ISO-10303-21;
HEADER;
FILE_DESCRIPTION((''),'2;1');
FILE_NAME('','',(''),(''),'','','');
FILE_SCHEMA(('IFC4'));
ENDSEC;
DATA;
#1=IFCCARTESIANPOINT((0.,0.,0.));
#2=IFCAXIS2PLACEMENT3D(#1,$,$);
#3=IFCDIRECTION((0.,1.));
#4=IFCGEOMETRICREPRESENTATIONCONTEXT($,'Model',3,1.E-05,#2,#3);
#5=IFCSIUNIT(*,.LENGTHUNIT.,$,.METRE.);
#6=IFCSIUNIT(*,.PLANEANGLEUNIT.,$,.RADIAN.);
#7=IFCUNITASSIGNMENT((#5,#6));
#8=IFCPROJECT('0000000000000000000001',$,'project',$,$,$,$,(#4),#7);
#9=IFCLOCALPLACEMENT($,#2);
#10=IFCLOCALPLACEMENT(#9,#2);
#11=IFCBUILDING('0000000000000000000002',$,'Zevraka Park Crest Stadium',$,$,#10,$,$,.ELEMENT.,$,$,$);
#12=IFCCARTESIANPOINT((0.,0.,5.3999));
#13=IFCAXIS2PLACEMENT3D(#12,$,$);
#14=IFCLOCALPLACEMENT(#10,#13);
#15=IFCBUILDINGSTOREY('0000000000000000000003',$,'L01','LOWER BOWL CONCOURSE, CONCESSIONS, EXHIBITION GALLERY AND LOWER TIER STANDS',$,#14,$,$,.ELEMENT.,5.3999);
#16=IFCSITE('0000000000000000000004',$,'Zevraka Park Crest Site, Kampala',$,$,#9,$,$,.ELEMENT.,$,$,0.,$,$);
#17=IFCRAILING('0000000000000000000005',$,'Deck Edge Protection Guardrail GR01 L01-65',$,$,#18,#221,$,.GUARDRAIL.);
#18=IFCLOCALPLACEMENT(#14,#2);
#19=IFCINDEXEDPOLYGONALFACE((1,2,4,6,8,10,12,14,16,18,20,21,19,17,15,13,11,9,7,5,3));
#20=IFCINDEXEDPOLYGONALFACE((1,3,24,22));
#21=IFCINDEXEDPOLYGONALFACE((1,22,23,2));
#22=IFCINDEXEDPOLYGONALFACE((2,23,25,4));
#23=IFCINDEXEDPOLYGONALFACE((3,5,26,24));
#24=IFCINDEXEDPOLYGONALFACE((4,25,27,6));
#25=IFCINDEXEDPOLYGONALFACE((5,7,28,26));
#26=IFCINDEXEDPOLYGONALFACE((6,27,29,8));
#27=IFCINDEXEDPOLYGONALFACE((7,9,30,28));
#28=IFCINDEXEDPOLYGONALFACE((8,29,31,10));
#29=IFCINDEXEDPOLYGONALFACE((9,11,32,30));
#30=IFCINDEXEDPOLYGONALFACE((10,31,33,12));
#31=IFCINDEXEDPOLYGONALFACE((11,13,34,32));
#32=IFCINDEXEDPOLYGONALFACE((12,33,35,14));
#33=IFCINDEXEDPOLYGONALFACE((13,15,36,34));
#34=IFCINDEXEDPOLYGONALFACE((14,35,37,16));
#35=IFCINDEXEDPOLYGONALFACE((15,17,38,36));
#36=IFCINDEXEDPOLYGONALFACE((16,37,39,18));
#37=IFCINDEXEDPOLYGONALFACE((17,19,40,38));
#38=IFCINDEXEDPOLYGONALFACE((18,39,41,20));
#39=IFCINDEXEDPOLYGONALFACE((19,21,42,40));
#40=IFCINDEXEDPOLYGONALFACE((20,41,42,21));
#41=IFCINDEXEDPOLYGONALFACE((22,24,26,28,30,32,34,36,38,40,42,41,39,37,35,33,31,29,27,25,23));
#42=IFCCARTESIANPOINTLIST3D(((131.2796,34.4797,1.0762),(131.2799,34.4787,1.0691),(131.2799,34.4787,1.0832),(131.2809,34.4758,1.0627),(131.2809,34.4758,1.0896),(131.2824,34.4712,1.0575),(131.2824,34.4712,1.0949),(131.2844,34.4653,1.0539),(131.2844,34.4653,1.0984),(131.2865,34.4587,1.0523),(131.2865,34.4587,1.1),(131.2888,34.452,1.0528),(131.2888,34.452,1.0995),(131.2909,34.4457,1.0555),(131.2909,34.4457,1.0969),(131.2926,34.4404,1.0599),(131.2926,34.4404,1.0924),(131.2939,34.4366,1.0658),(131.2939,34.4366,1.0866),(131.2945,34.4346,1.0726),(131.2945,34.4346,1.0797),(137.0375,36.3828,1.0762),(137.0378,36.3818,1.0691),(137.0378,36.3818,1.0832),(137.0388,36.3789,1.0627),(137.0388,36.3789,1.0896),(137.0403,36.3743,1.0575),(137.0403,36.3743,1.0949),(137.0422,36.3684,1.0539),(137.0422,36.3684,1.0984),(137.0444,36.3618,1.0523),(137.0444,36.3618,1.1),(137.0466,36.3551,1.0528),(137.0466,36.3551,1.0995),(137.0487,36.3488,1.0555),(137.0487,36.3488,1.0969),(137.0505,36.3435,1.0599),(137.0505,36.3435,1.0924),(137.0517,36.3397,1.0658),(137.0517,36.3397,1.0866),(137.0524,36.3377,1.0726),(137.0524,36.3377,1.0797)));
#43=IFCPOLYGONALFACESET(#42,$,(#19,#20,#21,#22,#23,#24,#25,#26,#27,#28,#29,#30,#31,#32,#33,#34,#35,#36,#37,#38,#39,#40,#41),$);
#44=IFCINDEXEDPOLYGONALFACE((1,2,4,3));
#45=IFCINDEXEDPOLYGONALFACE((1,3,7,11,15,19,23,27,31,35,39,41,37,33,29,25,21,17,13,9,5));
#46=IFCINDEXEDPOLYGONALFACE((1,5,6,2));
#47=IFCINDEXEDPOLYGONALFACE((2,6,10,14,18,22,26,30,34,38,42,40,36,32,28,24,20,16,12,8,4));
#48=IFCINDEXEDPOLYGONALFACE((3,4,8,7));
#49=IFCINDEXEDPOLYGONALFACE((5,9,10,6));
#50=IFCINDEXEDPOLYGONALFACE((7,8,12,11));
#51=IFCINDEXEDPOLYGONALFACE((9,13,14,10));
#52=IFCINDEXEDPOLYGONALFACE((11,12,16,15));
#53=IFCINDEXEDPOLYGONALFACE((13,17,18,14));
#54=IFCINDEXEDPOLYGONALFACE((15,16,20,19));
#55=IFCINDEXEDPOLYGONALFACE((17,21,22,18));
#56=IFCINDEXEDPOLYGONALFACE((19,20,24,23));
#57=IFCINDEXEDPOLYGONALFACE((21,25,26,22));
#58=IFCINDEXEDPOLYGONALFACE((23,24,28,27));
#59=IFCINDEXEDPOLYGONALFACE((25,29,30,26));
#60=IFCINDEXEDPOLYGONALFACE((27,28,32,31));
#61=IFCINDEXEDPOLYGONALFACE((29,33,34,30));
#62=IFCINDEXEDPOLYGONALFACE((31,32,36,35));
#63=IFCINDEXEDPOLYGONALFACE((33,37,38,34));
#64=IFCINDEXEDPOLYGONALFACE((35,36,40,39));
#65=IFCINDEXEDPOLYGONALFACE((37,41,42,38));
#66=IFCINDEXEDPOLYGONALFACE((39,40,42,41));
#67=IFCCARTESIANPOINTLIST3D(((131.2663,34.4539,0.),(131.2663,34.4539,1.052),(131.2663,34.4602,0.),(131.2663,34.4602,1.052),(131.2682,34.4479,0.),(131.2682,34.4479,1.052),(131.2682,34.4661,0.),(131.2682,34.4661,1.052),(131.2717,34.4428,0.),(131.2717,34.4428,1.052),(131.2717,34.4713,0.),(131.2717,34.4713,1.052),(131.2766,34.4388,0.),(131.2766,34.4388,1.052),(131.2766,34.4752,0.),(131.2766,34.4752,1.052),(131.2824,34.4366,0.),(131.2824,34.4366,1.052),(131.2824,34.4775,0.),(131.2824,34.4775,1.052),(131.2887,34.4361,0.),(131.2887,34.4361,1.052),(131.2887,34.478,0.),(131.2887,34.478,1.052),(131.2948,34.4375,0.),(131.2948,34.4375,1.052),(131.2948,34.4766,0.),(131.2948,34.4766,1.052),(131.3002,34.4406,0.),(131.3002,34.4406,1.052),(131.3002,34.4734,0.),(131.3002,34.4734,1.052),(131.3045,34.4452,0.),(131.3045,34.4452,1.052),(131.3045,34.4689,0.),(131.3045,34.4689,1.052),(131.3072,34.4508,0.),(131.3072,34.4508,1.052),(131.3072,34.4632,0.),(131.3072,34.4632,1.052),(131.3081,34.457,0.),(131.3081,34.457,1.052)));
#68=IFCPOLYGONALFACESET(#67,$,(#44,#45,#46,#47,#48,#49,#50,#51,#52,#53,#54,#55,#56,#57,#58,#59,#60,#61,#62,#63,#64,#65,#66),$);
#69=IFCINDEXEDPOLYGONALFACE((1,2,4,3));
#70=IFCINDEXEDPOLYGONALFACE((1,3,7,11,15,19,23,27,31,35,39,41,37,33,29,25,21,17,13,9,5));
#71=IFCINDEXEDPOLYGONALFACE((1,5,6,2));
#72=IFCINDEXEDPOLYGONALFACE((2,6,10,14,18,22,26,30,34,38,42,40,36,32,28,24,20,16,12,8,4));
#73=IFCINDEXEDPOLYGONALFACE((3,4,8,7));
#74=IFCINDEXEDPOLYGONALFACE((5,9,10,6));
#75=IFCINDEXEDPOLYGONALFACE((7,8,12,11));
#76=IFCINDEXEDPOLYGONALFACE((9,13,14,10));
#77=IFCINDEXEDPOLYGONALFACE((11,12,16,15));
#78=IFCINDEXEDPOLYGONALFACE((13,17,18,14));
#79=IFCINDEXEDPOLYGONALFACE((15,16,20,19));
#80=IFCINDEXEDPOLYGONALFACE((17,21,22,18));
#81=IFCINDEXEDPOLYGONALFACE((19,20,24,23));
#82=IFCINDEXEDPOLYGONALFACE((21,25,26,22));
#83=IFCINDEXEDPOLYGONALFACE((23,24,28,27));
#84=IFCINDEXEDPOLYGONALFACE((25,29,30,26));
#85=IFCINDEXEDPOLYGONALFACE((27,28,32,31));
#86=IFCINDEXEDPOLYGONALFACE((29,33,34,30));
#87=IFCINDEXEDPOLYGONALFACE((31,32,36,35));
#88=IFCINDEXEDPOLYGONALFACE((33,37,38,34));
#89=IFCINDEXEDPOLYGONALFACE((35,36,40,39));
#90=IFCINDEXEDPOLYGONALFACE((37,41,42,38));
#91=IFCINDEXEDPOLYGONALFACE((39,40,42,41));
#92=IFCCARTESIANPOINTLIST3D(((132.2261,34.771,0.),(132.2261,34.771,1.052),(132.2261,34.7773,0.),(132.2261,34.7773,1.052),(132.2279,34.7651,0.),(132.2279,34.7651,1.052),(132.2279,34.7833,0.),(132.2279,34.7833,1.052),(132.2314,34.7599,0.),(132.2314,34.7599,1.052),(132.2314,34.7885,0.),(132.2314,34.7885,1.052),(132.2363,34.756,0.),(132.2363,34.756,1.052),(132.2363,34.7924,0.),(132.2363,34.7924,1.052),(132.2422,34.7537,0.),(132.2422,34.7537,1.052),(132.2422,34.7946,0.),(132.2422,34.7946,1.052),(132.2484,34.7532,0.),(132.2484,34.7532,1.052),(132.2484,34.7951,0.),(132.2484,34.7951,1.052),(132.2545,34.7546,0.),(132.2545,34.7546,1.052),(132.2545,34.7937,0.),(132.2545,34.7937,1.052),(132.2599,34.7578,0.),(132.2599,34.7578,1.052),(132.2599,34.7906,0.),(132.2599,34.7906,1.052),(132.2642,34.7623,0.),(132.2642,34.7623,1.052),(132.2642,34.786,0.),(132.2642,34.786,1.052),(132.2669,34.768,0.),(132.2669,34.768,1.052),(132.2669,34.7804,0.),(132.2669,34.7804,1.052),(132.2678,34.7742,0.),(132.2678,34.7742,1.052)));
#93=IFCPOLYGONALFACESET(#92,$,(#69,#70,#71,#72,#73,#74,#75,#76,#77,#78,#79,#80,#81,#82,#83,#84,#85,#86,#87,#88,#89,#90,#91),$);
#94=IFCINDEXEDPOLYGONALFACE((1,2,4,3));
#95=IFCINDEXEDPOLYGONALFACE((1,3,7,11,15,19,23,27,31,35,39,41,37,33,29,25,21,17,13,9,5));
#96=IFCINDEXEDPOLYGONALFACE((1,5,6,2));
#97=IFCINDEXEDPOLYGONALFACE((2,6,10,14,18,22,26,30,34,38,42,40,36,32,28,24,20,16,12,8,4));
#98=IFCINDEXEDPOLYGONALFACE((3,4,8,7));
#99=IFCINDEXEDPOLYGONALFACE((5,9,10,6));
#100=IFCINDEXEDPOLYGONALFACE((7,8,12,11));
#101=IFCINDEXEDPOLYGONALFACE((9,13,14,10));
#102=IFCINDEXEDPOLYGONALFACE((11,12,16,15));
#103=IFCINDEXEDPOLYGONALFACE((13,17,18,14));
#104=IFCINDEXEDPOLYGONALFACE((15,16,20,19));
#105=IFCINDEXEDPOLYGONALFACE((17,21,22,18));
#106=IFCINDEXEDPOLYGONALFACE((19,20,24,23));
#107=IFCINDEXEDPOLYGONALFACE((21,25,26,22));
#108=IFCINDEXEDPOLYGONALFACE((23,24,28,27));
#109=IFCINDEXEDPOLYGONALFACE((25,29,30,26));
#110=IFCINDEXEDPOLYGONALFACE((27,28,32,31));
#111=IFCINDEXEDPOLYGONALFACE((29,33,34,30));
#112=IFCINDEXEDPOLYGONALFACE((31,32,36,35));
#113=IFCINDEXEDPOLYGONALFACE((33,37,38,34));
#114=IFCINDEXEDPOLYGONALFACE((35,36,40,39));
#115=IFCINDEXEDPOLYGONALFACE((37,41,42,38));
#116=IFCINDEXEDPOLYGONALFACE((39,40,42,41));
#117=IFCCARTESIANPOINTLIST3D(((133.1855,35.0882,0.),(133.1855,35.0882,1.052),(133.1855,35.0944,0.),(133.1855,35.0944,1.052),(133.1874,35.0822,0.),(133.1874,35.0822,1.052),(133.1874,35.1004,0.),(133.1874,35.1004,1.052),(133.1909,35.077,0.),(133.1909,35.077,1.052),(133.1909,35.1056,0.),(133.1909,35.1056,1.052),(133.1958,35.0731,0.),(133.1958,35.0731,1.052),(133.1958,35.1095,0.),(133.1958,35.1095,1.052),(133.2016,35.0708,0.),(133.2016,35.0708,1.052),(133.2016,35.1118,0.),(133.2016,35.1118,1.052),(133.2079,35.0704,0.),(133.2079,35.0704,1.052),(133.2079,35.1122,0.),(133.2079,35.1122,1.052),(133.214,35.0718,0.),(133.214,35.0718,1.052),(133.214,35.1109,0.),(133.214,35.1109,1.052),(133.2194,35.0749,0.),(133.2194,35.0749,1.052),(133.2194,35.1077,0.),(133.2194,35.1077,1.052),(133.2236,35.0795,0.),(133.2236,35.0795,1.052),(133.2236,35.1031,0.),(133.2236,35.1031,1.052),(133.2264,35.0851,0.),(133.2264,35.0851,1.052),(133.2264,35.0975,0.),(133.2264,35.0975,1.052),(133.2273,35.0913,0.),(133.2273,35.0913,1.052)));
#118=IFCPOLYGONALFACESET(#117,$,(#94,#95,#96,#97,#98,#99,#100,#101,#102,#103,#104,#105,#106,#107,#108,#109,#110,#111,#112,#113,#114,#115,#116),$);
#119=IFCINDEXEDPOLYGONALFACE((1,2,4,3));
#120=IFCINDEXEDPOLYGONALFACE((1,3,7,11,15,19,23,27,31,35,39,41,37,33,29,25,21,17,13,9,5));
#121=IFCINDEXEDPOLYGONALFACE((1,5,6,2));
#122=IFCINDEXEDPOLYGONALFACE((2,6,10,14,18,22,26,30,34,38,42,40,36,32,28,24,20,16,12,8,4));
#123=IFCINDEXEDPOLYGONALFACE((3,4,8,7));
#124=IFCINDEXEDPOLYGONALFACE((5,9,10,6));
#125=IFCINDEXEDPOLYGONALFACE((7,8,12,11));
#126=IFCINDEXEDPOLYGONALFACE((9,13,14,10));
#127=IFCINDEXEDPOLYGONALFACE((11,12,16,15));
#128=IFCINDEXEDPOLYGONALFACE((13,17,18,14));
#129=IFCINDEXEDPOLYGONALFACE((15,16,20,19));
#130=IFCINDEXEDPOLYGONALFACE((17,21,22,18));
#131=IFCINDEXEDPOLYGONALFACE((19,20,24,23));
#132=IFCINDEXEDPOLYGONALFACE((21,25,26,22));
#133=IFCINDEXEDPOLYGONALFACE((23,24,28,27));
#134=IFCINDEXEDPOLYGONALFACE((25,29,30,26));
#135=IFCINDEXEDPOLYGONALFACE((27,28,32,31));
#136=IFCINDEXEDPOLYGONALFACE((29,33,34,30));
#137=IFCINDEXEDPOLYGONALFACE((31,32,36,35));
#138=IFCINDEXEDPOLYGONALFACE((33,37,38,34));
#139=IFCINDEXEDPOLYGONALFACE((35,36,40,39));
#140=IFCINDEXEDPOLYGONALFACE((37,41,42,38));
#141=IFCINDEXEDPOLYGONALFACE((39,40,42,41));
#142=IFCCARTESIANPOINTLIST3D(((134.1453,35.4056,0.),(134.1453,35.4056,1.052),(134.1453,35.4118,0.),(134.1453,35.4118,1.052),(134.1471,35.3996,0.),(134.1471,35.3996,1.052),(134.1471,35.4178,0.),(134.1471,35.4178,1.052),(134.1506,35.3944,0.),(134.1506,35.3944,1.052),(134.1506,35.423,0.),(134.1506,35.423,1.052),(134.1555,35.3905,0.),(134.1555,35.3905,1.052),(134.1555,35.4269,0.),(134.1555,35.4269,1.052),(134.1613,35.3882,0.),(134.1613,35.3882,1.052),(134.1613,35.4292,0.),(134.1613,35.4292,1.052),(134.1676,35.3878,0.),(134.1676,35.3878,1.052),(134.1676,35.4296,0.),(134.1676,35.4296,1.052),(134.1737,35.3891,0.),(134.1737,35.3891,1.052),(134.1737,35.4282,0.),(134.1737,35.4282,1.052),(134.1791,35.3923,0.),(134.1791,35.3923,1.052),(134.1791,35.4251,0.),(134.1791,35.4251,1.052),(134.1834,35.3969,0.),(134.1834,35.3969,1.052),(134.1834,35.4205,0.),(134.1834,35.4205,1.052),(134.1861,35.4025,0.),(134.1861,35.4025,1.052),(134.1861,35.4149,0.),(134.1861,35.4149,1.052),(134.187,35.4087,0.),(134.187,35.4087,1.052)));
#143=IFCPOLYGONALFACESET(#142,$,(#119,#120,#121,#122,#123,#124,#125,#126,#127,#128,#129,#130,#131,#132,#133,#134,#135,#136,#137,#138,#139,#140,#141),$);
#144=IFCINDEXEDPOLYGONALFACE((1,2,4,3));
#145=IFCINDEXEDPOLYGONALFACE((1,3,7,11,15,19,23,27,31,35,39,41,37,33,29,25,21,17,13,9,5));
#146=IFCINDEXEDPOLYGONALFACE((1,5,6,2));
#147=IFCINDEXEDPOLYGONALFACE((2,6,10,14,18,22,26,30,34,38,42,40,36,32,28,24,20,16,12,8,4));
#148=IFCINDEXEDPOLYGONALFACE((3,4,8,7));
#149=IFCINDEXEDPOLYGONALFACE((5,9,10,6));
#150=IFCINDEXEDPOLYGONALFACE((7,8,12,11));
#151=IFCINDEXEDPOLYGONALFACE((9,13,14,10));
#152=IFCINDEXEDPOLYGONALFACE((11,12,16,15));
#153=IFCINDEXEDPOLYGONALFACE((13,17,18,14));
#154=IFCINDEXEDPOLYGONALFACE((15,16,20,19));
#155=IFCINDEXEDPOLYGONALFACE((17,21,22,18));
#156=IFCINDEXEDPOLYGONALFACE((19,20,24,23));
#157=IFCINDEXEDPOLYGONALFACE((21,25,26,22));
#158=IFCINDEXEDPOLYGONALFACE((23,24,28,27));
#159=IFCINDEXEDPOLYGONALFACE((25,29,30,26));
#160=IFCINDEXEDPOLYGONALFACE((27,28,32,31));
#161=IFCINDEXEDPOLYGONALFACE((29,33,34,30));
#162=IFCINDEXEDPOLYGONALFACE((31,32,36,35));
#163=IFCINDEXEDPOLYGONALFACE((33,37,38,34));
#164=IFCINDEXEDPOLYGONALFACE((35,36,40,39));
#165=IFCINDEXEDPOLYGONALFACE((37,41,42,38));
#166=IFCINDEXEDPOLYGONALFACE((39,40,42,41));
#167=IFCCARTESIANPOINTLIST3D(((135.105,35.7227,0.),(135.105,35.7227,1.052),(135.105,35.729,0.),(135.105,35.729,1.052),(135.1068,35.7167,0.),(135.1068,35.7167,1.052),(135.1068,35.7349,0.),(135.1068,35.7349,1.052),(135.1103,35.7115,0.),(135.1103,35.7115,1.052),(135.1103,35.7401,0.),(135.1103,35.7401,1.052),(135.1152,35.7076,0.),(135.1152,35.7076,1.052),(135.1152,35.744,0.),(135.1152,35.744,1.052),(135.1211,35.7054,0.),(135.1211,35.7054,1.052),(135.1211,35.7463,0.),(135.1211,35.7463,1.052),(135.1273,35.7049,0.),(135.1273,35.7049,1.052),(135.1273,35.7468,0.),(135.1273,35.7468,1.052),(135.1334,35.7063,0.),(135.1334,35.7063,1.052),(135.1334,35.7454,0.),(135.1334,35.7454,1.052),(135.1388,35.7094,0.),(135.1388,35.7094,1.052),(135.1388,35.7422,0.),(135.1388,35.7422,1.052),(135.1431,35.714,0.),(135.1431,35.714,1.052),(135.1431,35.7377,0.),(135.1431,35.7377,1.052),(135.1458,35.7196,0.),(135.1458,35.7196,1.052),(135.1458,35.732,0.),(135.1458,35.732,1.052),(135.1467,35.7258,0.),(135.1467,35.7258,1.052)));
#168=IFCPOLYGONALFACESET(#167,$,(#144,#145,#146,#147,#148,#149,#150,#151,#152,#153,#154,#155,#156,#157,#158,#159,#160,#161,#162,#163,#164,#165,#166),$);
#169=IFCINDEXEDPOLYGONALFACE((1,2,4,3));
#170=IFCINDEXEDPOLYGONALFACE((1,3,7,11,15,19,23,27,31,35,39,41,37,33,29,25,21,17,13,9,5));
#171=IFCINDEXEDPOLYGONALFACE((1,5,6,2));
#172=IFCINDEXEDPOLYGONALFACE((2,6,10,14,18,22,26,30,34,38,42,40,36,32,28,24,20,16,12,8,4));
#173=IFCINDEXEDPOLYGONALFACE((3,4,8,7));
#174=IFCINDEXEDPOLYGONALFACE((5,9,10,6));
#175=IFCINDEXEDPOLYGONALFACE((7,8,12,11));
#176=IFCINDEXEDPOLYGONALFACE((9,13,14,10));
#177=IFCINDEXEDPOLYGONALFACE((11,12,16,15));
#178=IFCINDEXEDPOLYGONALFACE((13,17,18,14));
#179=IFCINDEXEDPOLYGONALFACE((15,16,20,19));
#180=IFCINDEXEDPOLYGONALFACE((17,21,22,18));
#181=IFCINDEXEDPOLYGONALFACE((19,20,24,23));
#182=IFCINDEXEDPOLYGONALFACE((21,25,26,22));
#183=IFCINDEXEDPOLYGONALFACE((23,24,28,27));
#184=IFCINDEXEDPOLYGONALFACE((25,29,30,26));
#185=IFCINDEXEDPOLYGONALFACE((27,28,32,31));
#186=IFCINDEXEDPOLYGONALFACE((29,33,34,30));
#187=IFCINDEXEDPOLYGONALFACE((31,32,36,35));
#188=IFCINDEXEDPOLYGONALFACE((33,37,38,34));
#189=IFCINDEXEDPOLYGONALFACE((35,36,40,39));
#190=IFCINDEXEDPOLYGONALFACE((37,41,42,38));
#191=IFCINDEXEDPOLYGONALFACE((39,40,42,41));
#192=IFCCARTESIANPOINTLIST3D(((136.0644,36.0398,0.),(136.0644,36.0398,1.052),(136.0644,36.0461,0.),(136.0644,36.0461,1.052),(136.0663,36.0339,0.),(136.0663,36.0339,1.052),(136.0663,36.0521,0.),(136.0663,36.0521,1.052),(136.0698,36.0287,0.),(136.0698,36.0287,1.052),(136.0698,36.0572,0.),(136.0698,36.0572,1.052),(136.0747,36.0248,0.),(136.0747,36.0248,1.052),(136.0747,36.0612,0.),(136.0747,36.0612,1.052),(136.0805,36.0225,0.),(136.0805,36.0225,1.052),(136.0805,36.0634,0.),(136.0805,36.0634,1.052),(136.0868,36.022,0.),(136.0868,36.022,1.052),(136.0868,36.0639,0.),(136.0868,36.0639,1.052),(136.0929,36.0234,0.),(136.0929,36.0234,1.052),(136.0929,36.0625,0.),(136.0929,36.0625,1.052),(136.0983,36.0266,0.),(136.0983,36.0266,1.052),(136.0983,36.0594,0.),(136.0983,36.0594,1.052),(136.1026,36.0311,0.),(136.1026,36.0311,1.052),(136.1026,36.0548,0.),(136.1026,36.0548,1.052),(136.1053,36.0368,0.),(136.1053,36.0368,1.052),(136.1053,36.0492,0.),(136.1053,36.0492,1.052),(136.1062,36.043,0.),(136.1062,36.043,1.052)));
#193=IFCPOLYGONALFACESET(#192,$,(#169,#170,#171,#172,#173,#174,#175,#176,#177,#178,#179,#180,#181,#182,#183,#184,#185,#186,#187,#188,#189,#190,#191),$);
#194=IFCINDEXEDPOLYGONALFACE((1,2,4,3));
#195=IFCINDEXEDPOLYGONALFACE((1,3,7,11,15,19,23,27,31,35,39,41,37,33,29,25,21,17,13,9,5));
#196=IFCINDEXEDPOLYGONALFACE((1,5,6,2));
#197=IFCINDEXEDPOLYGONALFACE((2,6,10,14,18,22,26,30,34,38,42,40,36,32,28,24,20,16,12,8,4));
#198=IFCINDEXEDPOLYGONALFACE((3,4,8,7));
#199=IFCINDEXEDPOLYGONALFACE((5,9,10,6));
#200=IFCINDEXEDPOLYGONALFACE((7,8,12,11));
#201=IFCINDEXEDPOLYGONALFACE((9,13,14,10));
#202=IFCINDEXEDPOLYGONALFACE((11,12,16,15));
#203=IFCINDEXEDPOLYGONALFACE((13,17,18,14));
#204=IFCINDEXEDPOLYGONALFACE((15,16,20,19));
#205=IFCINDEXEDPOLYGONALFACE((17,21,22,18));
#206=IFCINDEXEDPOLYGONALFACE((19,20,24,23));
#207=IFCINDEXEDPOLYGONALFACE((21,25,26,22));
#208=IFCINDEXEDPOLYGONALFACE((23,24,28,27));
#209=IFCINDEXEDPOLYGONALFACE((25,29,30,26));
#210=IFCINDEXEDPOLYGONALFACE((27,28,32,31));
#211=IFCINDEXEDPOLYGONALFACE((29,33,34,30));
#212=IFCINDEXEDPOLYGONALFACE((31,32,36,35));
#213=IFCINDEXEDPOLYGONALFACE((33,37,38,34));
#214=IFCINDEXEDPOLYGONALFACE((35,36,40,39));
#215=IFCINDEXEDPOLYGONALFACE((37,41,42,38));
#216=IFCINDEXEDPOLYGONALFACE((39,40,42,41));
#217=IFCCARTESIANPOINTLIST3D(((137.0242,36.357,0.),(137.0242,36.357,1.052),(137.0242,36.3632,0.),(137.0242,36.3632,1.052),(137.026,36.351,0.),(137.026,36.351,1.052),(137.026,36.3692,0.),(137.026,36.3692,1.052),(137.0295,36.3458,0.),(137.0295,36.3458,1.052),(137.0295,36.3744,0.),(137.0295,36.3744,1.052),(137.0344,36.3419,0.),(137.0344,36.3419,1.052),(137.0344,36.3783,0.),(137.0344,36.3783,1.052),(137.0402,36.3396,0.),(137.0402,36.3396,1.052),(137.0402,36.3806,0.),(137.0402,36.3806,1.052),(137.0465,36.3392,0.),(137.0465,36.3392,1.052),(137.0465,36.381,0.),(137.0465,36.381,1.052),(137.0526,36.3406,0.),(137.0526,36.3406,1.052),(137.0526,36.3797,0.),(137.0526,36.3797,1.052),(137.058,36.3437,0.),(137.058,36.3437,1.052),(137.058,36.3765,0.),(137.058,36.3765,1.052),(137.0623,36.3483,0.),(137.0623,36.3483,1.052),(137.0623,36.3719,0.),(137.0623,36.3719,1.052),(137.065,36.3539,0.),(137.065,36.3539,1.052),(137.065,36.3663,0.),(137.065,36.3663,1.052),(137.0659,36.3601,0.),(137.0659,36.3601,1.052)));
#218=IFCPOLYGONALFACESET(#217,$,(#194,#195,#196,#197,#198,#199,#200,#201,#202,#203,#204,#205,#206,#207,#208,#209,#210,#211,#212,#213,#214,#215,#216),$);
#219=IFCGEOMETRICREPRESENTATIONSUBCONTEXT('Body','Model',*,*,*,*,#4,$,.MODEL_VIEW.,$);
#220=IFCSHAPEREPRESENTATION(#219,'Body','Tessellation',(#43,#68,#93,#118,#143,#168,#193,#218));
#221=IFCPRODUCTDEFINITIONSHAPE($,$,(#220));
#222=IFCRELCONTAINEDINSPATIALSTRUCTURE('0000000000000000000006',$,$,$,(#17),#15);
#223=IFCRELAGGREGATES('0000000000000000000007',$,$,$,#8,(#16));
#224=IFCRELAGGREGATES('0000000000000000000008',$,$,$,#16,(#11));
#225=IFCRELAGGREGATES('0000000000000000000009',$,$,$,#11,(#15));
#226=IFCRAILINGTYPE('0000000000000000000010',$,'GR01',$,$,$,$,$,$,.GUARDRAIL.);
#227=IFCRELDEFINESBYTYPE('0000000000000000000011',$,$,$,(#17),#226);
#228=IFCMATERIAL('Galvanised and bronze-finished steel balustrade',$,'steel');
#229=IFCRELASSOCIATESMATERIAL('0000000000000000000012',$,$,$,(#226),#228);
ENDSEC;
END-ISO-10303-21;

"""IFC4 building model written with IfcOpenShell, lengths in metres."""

from ifc_helpers import new_model, si_unit, direction, frame, origin, origin_2d, place, context, subcontext, project, spatial, circle, extrude, material, type_object, element, save


model = new_model("IFC4")

# Units and contexts
model_context = context("Model", 3, precision=1e-05, world=origin(), true_north=direction((0.0, 1.0)))
body_context = subcontext(model_context, "Body", "Model", "MODEL_VIEW")
ifc_project = project(units=[si_unit("LENGTHUNIT", "METRE"), si_unit("PLANEANGLEUNIT", "RADIAN")], contexts=[model_context])

# Site, building, storey
site_placement = place(None, origin())
site = spatial("IfcSite", under=ifc_project, at=site_placement, Name="Zevraka Park Crest Site, Kampala", CompositionType="ELEMENT", RefElevation=0.0)
building_placement = place(site_placement, origin())
building = spatial("IfcBuilding", under=site, at=building_placement, Name="Zevraka Park Crest Stadium", CompositionType="ELEMENT")
storey_placement = place(building_placement, frame((0.0, 0.0, 5.3999)))
storey = spatial("IfcBuildingStorey", under=building, at=storey_placement, Name="L01", Description="LOWER BOWL CONCOURSE, CONCESSIONS, EXHIBITION GALLERY AND LOWER TIER STANDS", CompositionType="ELEMENT", Elevation=5.3999)

# Railing
ifc_material_1 = material(Name="Galvanised and bronze-finished steel balustrade", Category="steel")
railing_type_1 = type_object("IfcRailingType", Name="GR01", PredefinedType="GUARDRAIL", material=ifc_material_1)
railing_1_placement = place(storey_placement, frame((131.2871, 34.457, 0.0)))
element("IfcRailing", 1, at=railing_1_placement, inside=storey, type_object=railing_type_1, Name="Deck Edge Protection Guardrail GR01 L01-65", PredefinedType="GUARDRAIL", context=body_context, shape_type="SweptSolid", body=[
    extrude(circle(Radius=0.0239, at=origin_2d()), frame((0.0, 0.0, 1.0762), z_axis=(0.949481, 0.313823, 0.0), x_axis=(-0.313823, 0.949481, 0.0)), (0.0, 0.0, 1.0), 6.0642),
    extrude(circle(Radius=0.021, at=origin_2d()), origin(), (0.0, 0.0, 1.0), 1.052),
    extrude(circle(Radius=0.021, at=origin_2d()), frame((0.9597, 0.3171, 0.0)), (0.0, 0.0, 1.0), 1.052),
    extrude(circle(Radius=0.021, at=origin_2d()), frame((1.9192, 0.6343, 0.0)), (0.0, 0.0, 1.0), 1.052),
    extrude(circle(Radius=0.021, at=origin_2d()), frame((2.8789, 0.9517, 0.0)), (0.0, 0.0, 1.0), 1.052),
    extrude(circle(Radius=0.021, at=origin_2d()), frame((3.8386, 1.2688, 0.0)), (0.0, 0.0, 1.0), 1.052),
    extrude(circle(Radius=0.021, at=origin_2d()), frame((4.7981, 1.5859, 0.0)), (0.0, 0.0, 1.0), 1.052),
    extrude(circle(Radius=0.021, at=origin_2d()), frame((5.7578, 1.9031, 0.0)), (0.0, 0.0, 1.0), 1.052),
])

save(model, "model.ifc")
